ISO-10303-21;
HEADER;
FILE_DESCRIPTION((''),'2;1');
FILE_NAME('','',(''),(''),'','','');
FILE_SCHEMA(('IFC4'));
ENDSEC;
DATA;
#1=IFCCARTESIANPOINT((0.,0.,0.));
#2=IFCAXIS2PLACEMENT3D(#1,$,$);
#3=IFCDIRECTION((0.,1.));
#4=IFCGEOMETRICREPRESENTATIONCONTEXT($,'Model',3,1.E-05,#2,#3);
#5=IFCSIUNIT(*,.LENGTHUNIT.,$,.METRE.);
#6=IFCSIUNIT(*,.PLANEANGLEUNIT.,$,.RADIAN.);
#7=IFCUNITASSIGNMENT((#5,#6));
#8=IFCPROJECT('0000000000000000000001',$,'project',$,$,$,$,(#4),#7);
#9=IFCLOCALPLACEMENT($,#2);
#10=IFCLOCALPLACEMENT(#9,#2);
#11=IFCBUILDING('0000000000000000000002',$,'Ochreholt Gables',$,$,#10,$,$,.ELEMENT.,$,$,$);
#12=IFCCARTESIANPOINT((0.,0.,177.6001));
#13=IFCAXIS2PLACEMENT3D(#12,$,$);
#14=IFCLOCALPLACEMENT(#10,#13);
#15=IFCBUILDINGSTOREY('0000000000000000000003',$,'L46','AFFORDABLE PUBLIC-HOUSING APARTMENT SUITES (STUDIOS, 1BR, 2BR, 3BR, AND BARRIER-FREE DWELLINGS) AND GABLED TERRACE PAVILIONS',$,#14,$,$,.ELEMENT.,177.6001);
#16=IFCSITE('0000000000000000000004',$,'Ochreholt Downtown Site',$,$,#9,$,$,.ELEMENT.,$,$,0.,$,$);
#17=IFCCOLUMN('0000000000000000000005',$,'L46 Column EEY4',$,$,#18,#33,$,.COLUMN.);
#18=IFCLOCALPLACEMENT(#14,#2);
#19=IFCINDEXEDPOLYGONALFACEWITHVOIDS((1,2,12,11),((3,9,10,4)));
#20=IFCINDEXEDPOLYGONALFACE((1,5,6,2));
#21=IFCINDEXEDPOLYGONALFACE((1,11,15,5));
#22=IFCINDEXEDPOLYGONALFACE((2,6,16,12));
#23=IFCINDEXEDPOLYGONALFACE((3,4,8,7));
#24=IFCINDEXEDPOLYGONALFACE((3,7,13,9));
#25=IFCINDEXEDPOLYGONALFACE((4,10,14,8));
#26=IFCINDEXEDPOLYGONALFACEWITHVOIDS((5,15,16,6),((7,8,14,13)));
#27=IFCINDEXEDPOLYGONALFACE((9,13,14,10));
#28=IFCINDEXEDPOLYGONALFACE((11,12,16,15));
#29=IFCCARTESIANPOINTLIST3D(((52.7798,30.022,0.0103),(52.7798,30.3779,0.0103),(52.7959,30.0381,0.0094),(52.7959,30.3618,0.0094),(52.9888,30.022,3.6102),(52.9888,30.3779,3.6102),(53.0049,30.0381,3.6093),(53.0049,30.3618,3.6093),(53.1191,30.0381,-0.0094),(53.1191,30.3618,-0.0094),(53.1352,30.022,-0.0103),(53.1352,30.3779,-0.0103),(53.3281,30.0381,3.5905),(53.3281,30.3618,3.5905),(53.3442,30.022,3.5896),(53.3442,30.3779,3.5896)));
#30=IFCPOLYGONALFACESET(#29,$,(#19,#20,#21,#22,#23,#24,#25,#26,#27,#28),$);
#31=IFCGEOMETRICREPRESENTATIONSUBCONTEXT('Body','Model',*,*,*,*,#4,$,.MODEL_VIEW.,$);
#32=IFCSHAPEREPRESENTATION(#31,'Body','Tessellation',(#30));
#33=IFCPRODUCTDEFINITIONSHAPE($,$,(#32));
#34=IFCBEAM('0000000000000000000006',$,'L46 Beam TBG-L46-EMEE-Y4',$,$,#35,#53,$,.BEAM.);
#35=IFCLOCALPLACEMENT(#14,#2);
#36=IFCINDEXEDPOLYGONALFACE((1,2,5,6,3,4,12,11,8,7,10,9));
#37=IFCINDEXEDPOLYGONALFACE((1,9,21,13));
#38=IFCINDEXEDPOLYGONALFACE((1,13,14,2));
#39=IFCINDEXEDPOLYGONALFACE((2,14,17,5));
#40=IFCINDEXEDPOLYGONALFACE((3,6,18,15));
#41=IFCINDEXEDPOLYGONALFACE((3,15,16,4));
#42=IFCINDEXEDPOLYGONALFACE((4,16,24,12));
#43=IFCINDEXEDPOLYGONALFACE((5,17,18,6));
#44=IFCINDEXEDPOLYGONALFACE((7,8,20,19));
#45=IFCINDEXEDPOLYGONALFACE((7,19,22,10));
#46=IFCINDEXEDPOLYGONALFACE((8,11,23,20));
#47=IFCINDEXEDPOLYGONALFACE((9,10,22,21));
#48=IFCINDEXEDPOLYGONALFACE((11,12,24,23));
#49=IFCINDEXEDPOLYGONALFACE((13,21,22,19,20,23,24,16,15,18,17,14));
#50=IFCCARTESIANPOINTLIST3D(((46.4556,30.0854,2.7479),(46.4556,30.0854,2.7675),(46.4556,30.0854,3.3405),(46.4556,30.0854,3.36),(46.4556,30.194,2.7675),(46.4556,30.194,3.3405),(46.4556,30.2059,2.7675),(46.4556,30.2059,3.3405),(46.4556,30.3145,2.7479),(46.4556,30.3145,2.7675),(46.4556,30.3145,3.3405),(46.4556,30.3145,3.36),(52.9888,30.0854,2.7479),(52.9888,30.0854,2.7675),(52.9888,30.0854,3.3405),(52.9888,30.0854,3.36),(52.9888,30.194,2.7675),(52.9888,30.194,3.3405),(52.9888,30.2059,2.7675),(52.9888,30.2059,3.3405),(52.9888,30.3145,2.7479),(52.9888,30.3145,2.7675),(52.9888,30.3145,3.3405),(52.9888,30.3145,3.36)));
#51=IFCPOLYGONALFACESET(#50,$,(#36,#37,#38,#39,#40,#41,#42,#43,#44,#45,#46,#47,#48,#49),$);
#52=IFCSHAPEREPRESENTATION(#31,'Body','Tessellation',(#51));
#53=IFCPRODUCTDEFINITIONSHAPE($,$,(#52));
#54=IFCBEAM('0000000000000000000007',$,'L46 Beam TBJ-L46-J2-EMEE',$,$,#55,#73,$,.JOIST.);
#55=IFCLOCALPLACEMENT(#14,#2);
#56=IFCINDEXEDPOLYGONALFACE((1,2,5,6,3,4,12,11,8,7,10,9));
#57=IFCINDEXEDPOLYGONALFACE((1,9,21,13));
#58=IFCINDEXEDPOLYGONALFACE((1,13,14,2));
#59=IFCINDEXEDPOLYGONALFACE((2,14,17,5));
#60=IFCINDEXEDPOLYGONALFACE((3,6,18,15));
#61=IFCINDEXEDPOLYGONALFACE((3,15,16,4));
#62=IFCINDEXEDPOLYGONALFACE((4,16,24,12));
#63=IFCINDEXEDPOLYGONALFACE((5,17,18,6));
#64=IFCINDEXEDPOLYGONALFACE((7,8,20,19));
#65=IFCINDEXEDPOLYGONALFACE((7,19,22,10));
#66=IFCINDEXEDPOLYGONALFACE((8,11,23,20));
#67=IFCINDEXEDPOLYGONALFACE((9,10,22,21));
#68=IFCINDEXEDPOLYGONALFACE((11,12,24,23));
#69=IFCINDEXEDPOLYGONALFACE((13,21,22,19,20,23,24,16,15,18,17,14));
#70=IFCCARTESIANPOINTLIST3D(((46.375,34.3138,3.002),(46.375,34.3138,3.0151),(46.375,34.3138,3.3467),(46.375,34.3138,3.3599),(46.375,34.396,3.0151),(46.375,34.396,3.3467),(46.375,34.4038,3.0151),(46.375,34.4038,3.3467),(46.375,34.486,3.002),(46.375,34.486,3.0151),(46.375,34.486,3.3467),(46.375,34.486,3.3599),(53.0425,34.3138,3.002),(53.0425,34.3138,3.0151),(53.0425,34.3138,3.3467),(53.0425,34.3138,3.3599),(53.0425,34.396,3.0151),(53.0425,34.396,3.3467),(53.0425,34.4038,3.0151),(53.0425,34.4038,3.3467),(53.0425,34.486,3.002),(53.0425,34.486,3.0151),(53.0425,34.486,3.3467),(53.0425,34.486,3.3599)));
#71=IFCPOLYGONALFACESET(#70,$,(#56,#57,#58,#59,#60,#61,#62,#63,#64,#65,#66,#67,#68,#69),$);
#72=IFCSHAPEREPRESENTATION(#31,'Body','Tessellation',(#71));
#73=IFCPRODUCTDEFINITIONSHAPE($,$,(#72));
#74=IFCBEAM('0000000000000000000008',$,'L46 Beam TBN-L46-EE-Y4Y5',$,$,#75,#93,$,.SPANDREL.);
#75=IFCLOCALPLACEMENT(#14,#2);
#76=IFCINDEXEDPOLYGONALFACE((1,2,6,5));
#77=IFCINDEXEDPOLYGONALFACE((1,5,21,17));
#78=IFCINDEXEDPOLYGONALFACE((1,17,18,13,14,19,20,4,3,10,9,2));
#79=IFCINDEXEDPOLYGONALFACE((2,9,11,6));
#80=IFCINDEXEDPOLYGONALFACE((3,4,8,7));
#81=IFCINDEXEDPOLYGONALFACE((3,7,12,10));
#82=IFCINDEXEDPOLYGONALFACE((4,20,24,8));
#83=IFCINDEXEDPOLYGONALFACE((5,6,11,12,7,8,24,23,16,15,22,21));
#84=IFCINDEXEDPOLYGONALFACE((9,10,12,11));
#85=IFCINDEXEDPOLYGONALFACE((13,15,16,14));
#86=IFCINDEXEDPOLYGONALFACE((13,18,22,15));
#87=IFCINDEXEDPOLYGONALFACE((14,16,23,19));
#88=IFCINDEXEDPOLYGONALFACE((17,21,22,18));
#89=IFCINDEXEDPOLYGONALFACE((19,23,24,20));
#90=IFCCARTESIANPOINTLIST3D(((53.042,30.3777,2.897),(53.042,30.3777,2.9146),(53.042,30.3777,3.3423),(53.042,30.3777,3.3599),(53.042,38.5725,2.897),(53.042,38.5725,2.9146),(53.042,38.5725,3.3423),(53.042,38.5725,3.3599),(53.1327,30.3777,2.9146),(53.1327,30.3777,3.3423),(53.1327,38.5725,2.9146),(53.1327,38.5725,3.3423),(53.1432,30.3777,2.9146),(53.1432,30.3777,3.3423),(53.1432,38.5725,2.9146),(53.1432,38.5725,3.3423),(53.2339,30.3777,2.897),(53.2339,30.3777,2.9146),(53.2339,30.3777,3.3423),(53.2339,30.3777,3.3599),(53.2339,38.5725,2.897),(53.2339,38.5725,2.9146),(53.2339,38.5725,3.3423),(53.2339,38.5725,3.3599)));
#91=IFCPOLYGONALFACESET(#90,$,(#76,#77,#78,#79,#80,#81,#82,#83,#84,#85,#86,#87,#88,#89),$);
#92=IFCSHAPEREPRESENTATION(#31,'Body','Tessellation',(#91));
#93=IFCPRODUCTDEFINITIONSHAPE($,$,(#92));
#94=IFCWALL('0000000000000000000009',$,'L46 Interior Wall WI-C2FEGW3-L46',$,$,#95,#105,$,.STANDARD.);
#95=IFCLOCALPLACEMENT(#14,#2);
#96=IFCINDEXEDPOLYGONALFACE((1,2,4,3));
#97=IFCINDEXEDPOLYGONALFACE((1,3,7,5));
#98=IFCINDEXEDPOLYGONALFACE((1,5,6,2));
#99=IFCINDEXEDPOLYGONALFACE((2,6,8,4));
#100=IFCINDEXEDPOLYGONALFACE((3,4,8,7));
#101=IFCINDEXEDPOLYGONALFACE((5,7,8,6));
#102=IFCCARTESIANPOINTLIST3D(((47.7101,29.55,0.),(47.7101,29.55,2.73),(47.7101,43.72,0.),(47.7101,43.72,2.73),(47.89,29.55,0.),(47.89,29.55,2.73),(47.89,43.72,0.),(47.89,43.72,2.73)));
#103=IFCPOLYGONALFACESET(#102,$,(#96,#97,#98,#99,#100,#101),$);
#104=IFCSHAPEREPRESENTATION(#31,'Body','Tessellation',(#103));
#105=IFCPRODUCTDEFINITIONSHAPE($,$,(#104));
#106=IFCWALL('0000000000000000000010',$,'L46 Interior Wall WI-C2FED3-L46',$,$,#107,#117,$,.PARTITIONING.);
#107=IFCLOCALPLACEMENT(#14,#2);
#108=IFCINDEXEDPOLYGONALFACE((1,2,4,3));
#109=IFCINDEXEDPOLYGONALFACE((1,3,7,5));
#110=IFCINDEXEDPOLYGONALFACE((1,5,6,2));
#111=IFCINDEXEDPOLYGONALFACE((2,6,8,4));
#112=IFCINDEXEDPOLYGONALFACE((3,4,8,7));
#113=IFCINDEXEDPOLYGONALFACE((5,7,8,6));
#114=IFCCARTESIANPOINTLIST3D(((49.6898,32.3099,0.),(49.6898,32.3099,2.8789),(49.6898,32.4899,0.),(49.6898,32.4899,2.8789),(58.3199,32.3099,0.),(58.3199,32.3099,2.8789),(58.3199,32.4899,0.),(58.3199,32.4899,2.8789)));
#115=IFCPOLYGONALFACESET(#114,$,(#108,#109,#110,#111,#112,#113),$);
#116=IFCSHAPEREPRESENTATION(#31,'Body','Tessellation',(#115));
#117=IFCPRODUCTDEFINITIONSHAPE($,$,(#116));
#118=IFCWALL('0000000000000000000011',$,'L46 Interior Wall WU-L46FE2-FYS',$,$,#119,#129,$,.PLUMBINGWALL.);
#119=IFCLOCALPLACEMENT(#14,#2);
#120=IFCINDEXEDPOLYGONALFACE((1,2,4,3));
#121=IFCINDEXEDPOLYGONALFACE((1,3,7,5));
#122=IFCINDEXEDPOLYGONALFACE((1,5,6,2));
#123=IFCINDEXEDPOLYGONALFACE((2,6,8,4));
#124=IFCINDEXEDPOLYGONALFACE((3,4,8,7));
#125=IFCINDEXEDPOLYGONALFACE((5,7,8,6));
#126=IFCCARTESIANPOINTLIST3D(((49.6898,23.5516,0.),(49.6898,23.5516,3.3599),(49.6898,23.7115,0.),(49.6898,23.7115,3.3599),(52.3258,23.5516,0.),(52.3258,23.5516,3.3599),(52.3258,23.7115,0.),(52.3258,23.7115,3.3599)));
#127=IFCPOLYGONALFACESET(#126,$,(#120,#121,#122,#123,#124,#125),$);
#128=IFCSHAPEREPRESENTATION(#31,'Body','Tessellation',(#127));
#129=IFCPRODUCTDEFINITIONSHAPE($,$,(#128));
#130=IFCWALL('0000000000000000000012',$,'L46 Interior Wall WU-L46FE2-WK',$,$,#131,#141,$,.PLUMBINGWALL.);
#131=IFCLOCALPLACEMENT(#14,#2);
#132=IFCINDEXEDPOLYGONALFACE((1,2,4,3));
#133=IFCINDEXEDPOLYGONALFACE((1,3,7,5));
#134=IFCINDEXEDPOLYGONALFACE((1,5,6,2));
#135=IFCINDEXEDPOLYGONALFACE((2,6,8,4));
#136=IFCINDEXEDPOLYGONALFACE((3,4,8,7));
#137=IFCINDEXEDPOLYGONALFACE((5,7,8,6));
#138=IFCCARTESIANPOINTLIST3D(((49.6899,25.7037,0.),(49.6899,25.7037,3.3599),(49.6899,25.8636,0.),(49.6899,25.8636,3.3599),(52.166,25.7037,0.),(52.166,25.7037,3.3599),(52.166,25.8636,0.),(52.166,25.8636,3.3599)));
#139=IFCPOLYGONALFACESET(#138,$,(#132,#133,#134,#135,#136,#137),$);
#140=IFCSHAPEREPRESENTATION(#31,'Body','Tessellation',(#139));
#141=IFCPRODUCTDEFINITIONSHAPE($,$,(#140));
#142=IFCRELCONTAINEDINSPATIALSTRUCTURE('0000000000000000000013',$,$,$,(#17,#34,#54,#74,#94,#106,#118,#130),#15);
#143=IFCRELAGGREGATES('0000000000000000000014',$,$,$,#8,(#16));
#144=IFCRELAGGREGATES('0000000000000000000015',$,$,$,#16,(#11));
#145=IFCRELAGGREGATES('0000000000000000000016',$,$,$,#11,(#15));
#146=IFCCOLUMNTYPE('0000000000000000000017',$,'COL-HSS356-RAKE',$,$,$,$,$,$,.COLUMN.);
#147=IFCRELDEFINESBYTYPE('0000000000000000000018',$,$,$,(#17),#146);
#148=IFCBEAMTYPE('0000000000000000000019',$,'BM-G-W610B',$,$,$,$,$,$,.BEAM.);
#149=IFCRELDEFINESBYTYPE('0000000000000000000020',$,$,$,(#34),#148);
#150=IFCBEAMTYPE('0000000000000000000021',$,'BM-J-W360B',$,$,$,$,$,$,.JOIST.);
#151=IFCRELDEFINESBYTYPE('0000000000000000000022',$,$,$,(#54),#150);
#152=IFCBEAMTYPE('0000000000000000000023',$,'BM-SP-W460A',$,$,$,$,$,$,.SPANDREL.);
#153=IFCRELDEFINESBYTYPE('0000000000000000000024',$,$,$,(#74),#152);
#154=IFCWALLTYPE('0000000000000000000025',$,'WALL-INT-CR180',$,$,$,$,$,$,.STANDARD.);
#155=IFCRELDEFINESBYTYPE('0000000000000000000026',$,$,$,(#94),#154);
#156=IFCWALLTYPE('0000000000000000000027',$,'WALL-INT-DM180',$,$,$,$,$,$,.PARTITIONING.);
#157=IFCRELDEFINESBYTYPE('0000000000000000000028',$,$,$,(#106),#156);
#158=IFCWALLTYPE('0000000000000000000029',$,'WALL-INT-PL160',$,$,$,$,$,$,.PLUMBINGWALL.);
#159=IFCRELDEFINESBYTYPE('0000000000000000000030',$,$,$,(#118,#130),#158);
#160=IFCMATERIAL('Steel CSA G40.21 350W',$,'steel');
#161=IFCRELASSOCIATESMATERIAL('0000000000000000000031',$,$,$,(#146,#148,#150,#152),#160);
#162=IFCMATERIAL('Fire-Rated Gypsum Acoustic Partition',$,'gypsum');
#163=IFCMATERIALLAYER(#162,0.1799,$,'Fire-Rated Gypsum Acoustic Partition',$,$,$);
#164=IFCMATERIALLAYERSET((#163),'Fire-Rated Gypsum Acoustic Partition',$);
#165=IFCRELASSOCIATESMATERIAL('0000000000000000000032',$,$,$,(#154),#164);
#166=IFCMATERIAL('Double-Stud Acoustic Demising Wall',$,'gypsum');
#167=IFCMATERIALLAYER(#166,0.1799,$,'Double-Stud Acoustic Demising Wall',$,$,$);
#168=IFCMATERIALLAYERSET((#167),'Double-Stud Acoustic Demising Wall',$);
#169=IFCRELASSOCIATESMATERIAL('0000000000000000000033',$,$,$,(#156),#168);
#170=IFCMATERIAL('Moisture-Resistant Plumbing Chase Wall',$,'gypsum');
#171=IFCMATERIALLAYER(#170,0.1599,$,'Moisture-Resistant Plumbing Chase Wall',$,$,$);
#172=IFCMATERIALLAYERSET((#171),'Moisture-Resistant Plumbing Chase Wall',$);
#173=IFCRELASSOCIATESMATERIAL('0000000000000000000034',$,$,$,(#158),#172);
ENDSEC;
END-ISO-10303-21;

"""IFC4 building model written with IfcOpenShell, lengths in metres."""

from ifc_helpers import new_model, si_unit, direction, frame, frame_2d, origin, origin_2d, place, context, subcontext, project, spatial, rectangle, hollow_rectangle, i_section, extrude, material, layer, layer_set, material_profile, profile_set, type_object, element, save


model = new_model("IFC4")

# Units and contexts
model_context = context("Model", 3, precision=1e-05, world=origin(), true_north=direction((0.0, 1.0)))
body_context = subcontext(model_context, "Body", "Model", "MODEL_VIEW")
ifc_project = project(units=[si_unit("LENGTHUNIT", "METRE"), si_unit("PLANEANGLEUNIT", "RADIAN")], contexts=[model_context])

# Site, building, storey
site_placement = place(None, origin())
site = spatial("IfcSite", under=ifc_project, at=site_placement, Name="Ochreholt Downtown Site", CompositionType="ELEMENT", RefElevation=0.0)
building_placement = place(site_placement, origin())
building = spatial("IfcBuilding", under=site, at=building_placement, Name="Ochreholt Gables", CompositionType="ELEMENT")
storey_placement = place(building_placement, frame((0.0, 0.0, 177.6001)))
storey = spatial("IfcBuildingStorey", under=building, at=storey_placement, Name="L46", Description="AFFORDABLE PUBLIC-HOUSING APARTMENT SUITES (STUDIOS, 1BR, 2BR, 3BR, AND BARRIER-FREE DWELLINGS) AND GABLED TERRACE PAVILIONS", CompositionType="ELEMENT", Elevation=177.6001)

# Column
ifc_material_1 = material(Name="Steel CSA G40.21 350W", Category="steel")
ifc_material_profile_1 = material_profile(ifc_material_1, hollow_rectangle(XDim=0.356, YDim=0.356, WallThickness=0.0161, at=origin_2d()), Name="HSS356X356X16")
ifc_profile_set_1 = profile_set([ifc_material_profile_1], Name="Steel CSA G40.21 350W")
column_type = type_object("IfcColumnType", Name="COL-HSS356-RAKE", PredefinedType="COLUMN", material=ifc_profile_set_1)
column_placement = place(storey_placement, frame((52.9575, 30.2, 0.0), z_axis=(0.057956, 0.0, 0.998319), x_axis=(0.0, 1.0, 0.0)))
element("IfcColumn", 1, at=column_placement, inside=storey, type_object=column_type, Name="L46 Column EEY4", PredefinedType="COLUMN", context=body_context, shape_type="SweptSolid", body=[
    extrude(hollow_rectangle(XDim=0.356, YDim=0.356, WallThickness=0.0161, at=origin_2d()), origin(), (0.0, 0.0, 1.0), 3.606),
])

# Beams
ifc_material_profile_2 = material_profile(ifc_material_1, i_section(OverallWidth=0.229, OverallDepth=0.6121, WebThickness=0.012, FlangeThickness=0.0195, at=origin_2d()), Name="W610X125")
ifc_profile_set_2 = profile_set([ifc_material_profile_2], Name="Steel CSA G40.21 350W")
beam_type_1 = type_object("IfcBeamType", Name="BM-G-W610B", PredefinedType="BEAM", material=ifc_profile_set_2)
beam_1_placement = place(storey_placement, frame((46.4556, 30.2, 3.054), z_axis=(1.0, 0.0, 0.0), x_axis=(0.0, 1.0, 0.0)))
element("IfcBeam", 2, at=beam_1_placement, inside=storey, type_object=beam_type_1, Name="L46 Beam TBG-L46-EMEE-Y4", PredefinedType="BEAM", context=body_context, shape_type="SweptSolid", body=[
    extrude(i_section(OverallWidth=0.229, OverallDepth=0.6121, WebThickness=0.012, FlangeThickness=0.0195, at=origin_2d()), origin(), (0.0, 0.0, 1.0), 6.5332),
])
ifc_material_profile_3 = material_profile(ifc_material_1, i_section(OverallWidth=0.1721, OverallDepth=0.3579, WebThickness=0.0078, FlangeThickness=0.0132, at=origin_2d()), Name="W360X57")
ifc_profile_set_3 = profile_set([ifc_material_profile_3], Name="Steel CSA G40.21 350W")
beam_type_2 = type_object("IfcBeamType", Name="BM-J-W360B", PredefinedType="JOIST", material=ifc_profile_set_3)
beam_2_placement = place(storey_placement, frame((46.375, 34.3999, 3.1809), z_axis=(1.0, 0.0, 0.0), x_axis=(0.0, 1.0, 0.0)))
element("IfcBeam", 3, at=beam_2_placement, inside=storey, type_object=beam_type_2, Name="L46 Beam TBJ-L46-J2-EMEE", PredefinedType="JOIST", context=body_context, shape_type="SweptSolid", body=[
    extrude(i_section(OverallWidth=0.1721, OverallDepth=0.3579, WebThickness=0.0078, FlangeThickness=0.0132, at=origin_2d()), origin(), (0.0, 0.0, 1.0), 6.6675),
])
ifc_material_profile_4 = material_profile(ifc_material_1, i_section(OverallWidth=0.1919, OverallDepth=0.4629, WebThickness=0.0105, FlangeThickness=0.0176, at=origin_2d()), Name="W460X89")
ifc_profile_set_4 = profile_set([ifc_material_profile_4], Name="Steel CSA G40.21 350W")
beam_type_3 = type_object("IfcBeamType", Name="BM-SP-W460A", PredefinedType="SPANDREL", material=ifc_profile_set_4)
beam_3_placement = place(storey_placement, frame((53.1379, 30.3777, 3.1284), z_axis=(0.0, 1.0, 0.0), x_axis=(-1.0, 0.0, 0.0)))
element("IfcBeam", 4, at=beam_3_placement, inside=storey, type_object=beam_type_3, Name="L46 Beam TBN-L46-EE-Y4Y5", PredefinedType="SPANDREL", context=body_context, shape_type="SweptSolid", body=[
    extrude(i_section(OverallWidth=0.1919, OverallDepth=0.4629, WebThickness=0.0105, FlangeThickness=0.0176, at=origin_2d()), origin(), (0.0, 0.0, 1.0), 8.1948),
])

# Walls
ifc_material_2 = material(Name="Fire-Rated Gypsum Acoustic Partition", Category="gypsum")
ifc_layer_1 = layer(ifc_material_2, 0.1799, Name="Fire-Rated Gypsum Acoustic Partition")
ifc_layer_set_1 = layer_set([ifc_layer_1], Name="Fire-Rated Gypsum Acoustic Partition")
wall_type_1 = type_object("IfcWallType", Name="WALL-INT-CR180", PredefinedType="STANDARD", material=ifc_layer_set_1)
wall_1_placement = place(storey_placement, frame((47.8, 29.55, 0.0), z_axis=(0.0, 0.0, 1.0), x_axis=(0.0, 1.0, 0.0)))
element("IfcWall", 5, at=wall_1_placement, inside=storey, type_object=wall_type_1, Name="L46 Interior Wall WI-C2FEGW3-L46", PredefinedType="STANDARD", context=body_context, shape_type="SweptSolid", body=[
    extrude(rectangle(XDim=14.1699, YDim=0.1799, at=frame_2d((7.085, 0.0))), origin(), (0.0, 0.0, 1.0), 2.73),
])
ifc_material_3 = material(Name="Double-Stud Acoustic Demising Wall", Category="gypsum")
ifc_layer_2 = layer(ifc_material_3, 0.1799, Name="Double-Stud Acoustic Demising Wall")
ifc_layer_set_2 = layer_set([ifc_layer_2], Name="Double-Stud Acoustic Demising Wall")
wall_type_2 = type_object("IfcWallType", Name="WALL-INT-DM180", PredefinedType="PARTITIONING", material=ifc_layer_set_2)
wall_2_placement = place(storey_placement, frame((49.6899, 32.3999, 0.0), z_axis=(0.0, 0.0, 1.0), x_axis=(1.0, 0.0, 0.0)))
element("IfcWall", 6, at=wall_2_placement, inside=storey, type_object=wall_type_2, Name="L46 Interior Wall WI-C2FED3-L46", PredefinedType="PARTITIONING", context=body_context, shape_type="SweptSolid", body=[
    extrude(rectangle(XDim=8.6301, YDim=0.1799, at=frame_2d((4.3149, 0.0))), origin(), (0.0, 0.0, 1.0), 2.8789),
])
ifc_material_4 = material(Name="Moisture-Resistant Plumbing Chase Wall", Category="gypsum")
ifc_layer_3 = layer(ifc_material_4, 0.1599, Name="Moisture-Resistant Plumbing Chase Wall")
ifc_layer_set_3 = layer_set([ifc_layer_3], Name="Moisture-Resistant Plumbing Chase Wall")
wall_type_3 = type_object("IfcWallType", Name="WALL-INT-PL160", PredefinedType="PLUMBINGWALL", material=ifc_layer_set_3)
wall_3_placement = place(storey_placement, frame((49.6899, 23.6316, 0.0), z_axis=(0.0, 0.0, 1.0), x_axis=(1.0, 0.0, 0.0)))
element("IfcWall", 7, at=wall_3_placement, inside=storey, type_object=wall_type_3, Name="L46 Interior Wall WU-L46FE2-FYS", PredefinedType="PLUMBINGWALL", context=body_context, shape_type="SweptSolid", body=[
    extrude(rectangle(XDim=2.636, YDim=0.1599, at=frame_2d((1.3179, 0.0))), origin(), (0.0, 0.0, 1.0), 3.3599),
])

# Wall
wall_4_placement = place(storey_placement, frame((49.6899, 25.7837, 0.0), z_axis=(0.0, 0.0, 1.0), x_axis=(1.0, 0.0, 0.0)))
element("IfcWall", 8, at=wall_4_placement, inside=storey, type_object=wall_type_3, Name="L46 Interior Wall WU-L46FE2-WK", PredefinedType="PLUMBINGWALL", context=body_context, shape_type="SweptSolid", body=[
    extrude(rectangle(XDim=2.4761, YDim=0.1599, at=frame_2d((1.238, 0.0))), origin(), (0.0, 0.0, 1.0), 3.3599),
])

save(model, "model.ifc")
